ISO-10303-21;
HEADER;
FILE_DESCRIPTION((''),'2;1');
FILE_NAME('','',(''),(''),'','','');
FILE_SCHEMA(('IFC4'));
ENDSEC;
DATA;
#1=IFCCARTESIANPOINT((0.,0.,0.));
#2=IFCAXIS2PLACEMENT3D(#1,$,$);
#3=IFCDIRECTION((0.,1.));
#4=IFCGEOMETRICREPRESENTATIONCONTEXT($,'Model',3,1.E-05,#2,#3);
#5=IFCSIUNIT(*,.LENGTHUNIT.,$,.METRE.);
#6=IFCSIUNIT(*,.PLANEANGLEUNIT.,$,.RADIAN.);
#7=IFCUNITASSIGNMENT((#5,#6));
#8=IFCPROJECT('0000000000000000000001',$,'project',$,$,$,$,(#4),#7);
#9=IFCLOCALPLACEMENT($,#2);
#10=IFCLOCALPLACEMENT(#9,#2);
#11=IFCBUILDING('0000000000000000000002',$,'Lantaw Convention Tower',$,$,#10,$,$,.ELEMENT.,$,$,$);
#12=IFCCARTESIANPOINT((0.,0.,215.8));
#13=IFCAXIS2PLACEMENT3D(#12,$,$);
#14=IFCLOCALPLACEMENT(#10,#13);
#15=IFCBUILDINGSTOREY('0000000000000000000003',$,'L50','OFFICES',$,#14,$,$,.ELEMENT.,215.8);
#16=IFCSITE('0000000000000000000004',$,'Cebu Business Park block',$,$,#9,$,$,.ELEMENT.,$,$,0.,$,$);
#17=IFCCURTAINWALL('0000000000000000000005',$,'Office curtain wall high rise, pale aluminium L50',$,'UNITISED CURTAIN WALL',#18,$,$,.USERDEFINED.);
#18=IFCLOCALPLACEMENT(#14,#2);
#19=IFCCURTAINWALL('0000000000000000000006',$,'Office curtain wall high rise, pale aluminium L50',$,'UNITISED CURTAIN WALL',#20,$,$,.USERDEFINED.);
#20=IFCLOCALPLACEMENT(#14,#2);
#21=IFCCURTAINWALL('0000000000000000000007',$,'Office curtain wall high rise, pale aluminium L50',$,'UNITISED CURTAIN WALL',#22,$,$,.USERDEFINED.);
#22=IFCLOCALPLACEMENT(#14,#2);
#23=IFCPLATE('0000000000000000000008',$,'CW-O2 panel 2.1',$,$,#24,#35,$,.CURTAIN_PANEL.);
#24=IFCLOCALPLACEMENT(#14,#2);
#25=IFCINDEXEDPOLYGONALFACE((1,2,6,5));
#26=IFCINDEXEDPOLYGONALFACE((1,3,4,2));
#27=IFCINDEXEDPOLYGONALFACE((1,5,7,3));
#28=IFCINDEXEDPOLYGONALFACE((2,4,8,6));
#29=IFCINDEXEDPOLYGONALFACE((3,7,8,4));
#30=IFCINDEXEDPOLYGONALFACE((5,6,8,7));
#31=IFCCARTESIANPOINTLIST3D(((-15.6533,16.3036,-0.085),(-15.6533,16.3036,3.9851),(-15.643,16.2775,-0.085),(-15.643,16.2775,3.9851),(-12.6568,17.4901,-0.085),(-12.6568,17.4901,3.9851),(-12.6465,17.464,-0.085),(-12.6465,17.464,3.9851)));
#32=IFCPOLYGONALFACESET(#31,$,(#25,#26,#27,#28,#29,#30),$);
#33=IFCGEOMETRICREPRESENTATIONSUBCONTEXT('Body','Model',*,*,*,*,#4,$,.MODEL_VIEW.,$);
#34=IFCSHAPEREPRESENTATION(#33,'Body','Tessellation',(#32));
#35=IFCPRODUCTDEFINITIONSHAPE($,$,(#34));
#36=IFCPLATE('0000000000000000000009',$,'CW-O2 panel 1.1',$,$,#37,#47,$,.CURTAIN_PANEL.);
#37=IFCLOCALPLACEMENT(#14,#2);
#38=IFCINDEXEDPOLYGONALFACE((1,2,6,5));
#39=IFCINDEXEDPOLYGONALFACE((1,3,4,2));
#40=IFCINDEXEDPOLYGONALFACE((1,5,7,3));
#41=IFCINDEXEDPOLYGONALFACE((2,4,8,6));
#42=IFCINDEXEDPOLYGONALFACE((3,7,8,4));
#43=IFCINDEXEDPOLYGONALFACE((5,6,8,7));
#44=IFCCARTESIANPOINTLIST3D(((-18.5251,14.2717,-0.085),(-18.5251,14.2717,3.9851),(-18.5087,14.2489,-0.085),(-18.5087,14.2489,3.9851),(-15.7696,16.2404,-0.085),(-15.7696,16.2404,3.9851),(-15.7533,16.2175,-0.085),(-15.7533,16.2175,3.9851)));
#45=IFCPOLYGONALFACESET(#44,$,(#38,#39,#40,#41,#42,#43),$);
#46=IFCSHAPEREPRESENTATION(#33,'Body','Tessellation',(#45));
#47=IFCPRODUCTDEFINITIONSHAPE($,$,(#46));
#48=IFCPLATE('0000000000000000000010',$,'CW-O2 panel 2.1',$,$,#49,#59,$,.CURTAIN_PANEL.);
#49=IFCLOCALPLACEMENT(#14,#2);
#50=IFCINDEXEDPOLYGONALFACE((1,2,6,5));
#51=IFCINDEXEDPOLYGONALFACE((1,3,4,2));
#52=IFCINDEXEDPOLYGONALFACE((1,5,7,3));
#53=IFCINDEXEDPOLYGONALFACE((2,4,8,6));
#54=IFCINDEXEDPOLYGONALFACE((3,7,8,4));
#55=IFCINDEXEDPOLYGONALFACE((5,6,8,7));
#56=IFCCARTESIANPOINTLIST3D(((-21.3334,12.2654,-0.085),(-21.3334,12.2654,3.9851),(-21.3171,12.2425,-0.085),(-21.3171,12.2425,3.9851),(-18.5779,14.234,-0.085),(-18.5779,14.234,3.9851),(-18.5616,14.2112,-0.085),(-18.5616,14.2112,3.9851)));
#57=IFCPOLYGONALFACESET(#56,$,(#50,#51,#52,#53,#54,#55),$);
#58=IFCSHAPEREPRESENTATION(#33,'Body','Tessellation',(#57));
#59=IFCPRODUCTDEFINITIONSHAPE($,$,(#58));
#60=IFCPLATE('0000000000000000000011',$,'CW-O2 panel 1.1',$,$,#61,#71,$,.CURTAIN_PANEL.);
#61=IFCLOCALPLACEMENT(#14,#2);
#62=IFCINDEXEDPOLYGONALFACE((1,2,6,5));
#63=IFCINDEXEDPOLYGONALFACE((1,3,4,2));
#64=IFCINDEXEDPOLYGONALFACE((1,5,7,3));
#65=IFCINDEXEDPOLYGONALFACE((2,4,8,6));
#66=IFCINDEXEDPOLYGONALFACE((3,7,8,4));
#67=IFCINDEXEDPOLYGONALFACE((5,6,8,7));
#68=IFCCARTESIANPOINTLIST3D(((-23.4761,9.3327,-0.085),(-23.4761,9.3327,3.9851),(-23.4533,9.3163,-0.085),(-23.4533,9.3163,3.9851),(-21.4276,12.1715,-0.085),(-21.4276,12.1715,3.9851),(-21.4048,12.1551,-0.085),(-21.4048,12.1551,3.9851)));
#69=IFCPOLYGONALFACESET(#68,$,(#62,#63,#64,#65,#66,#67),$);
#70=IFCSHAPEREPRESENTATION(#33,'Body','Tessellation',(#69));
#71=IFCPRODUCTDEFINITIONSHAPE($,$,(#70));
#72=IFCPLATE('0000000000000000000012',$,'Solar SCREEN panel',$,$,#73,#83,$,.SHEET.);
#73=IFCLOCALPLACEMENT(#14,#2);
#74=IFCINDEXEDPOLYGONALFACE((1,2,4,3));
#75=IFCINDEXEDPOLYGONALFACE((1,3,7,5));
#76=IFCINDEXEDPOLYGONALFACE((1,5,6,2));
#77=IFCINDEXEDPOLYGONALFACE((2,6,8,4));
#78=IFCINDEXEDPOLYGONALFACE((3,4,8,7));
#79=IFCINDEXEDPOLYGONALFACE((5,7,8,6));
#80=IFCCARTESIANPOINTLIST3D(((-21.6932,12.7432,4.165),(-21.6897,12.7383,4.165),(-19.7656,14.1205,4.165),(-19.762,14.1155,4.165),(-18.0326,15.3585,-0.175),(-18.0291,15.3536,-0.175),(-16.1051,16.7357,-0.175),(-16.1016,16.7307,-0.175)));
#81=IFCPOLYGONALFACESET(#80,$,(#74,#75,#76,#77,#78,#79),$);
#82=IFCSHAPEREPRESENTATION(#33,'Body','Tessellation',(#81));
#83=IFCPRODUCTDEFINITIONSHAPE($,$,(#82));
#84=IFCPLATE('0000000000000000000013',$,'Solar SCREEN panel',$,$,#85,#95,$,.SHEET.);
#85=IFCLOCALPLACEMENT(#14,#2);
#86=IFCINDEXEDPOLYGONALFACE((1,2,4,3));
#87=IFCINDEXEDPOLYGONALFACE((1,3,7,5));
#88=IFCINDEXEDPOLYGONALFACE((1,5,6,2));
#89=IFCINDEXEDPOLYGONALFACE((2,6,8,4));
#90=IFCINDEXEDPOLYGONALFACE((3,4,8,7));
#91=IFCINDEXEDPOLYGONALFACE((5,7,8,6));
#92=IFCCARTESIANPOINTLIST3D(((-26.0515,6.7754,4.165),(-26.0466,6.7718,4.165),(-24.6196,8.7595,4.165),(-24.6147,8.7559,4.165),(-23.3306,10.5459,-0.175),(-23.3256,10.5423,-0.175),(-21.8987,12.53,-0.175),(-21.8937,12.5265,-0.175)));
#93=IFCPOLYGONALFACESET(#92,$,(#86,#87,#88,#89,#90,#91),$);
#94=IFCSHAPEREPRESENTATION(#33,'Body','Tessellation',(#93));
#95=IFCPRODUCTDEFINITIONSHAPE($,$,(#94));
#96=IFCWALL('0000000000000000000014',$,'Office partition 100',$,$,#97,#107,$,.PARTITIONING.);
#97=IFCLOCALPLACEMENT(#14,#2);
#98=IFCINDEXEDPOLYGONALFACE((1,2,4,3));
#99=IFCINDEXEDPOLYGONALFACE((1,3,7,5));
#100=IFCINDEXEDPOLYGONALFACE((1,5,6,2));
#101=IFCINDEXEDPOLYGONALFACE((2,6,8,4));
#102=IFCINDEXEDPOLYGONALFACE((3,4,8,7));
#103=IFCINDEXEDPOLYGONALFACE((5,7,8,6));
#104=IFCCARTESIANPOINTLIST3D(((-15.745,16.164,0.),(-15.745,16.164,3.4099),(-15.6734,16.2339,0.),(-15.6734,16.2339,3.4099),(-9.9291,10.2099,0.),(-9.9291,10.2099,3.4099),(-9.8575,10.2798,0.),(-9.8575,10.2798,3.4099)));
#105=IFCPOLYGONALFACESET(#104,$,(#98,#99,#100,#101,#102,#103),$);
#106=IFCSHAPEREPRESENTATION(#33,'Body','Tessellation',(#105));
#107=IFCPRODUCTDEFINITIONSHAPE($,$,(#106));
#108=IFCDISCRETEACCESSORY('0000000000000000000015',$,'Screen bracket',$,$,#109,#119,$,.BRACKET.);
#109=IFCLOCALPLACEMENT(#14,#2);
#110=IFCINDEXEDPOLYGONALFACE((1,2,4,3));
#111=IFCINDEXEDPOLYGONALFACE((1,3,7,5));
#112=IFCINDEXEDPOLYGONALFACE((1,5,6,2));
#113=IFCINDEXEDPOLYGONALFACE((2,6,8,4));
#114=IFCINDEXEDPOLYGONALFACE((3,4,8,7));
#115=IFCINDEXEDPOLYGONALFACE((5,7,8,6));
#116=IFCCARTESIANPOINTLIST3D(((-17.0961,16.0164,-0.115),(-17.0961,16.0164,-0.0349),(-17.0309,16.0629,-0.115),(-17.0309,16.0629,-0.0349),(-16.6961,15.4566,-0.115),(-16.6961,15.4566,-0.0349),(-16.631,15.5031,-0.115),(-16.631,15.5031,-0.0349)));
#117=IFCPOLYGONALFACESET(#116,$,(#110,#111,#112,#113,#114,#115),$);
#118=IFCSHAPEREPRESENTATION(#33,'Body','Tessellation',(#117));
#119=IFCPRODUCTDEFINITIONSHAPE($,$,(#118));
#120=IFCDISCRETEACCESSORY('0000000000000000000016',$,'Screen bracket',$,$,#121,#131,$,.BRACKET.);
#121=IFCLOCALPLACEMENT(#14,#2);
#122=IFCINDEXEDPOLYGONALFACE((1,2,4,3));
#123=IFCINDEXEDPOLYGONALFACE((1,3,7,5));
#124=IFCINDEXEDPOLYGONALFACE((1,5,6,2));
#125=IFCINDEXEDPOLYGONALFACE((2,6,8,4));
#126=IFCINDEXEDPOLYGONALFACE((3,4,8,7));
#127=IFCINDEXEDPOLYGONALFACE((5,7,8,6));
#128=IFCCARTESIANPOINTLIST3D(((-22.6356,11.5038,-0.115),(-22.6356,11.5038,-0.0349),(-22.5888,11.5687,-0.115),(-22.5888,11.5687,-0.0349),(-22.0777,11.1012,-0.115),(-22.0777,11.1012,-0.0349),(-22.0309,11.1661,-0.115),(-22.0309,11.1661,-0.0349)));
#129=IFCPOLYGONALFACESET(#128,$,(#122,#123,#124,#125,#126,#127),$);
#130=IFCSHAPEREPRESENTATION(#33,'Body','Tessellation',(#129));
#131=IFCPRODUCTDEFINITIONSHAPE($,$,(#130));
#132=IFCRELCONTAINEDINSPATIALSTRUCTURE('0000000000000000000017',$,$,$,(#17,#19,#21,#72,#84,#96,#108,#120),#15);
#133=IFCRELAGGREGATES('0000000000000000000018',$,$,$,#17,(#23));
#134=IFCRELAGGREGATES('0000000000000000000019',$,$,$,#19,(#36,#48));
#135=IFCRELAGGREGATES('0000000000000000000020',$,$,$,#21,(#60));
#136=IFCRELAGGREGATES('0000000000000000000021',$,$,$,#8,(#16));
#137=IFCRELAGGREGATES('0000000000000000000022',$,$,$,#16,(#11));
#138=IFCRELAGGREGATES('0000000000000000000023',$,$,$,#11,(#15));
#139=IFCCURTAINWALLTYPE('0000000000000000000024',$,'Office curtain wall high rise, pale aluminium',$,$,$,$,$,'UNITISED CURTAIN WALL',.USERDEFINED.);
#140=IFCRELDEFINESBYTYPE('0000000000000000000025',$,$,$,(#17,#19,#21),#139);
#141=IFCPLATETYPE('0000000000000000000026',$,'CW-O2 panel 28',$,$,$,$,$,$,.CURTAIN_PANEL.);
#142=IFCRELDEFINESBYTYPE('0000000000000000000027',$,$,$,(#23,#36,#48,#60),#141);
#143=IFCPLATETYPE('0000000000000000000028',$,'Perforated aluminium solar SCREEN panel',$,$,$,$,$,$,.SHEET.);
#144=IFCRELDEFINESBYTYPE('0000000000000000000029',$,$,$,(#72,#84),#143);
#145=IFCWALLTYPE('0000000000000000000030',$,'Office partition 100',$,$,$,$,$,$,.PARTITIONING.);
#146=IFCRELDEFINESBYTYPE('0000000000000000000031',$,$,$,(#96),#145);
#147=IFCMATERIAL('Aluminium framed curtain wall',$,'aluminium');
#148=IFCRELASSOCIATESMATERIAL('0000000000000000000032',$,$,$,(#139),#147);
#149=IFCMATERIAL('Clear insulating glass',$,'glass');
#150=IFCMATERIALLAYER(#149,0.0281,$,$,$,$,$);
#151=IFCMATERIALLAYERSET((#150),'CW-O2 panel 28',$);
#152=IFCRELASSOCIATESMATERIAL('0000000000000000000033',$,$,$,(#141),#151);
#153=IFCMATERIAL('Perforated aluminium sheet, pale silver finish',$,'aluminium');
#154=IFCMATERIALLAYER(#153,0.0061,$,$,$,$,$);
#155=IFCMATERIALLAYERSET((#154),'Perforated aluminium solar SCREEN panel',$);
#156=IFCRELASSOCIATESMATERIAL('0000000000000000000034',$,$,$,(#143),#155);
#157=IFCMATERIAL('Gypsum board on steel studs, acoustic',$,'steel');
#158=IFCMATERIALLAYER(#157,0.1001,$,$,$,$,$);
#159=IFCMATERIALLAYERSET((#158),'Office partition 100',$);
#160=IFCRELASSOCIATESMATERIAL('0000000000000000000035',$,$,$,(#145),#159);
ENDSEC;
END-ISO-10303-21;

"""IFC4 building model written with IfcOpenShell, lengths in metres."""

from ifc_helpers import new_model, si_unit, direction, frame, frame_2d, origin, origin_2d, place, context, subcontext, project, spatial, polyline, rectangle, outline, extrude, material, layer, layer_set, type_object, element, aggregate, save


model = new_model("IFC4")

# Units and contexts
model_context = context("Model", 3, precision=1e-05, world=origin(), true_north=direction((0.0, 1.0)))
body_context = subcontext(model_context, "Body", "Model", "MODEL_VIEW")
ifc_project = project(units=[si_unit("LENGTHUNIT", "METRE"), si_unit("PLANEANGLEUNIT", "RADIAN")], contexts=[model_context])

# Site, building, storey
site_placement = place(None, origin())
site = spatial("IfcSite", under=ifc_project, at=site_placement, Name="Cebu Business Park block", CompositionType="ELEMENT", RefElevation=0.0)
building_placement = place(site_placement, origin())
building = spatial("IfcBuilding", under=site, at=building_placement, Name="Lantaw Convention Tower", CompositionType="ELEMENT")
storey_placement = place(building_placement, frame((0.0, 0.0, 215.8)))
storey = spatial("IfcBuildingStorey", under=building, at=storey_placement, Name="L50", Description="OFFICES", CompositionType="ELEMENT", Elevation=215.8)

# Curtain walls
ifc_material_1 = material(Name="Aluminium framed curtain wall", Category="aluminium")
curtain_wall_type = type_object("IfcCurtainWallType", Name="Office curtain wall high rise, pale aluminium", ElementType="UNITISED CURTAIN WALL", PredefinedType="USERDEFINED", material=ifc_material_1)
curtain_wall_1_placement = place(storey_placement, origin())
curtain_wall_1 = element("IfcCurtainWall", 1, at=curtain_wall_1_placement, inside=storey, type_object=curtain_wall_type, Name="Office curtain wall high rise, pale aluminium L50", ObjectType="UNITISED CURTAIN WALL", PredefinedType="USERDEFINED")
curtain_wall_2_placement = place(storey_placement, origin())
curtain_wall_2 = element("IfcCurtainWall", 2, at=curtain_wall_2_placement, inside=storey, type_object=curtain_wall_type, Name="Office curtain wall high rise, pale aluminium L50", ObjectType="UNITISED CURTAIN WALL", PredefinedType="USERDEFINED")
curtain_wall_3_placement = place(storey_placement, origin())
curtain_wall_3 = element("IfcCurtainWall", 3, at=curtain_wall_3_placement, inside=storey, type_object=curtain_wall_type, Name="Office curtain wall high rise, pale aluminium L50", ObjectType="UNITISED CURTAIN WALL", PredefinedType="USERDEFINED")

# Plates
ifc_material_2 = material(Name="Clear insulating glass", Category="glass")
ifc_layer_1 = layer(ifc_material_2, 0.0281)
ifc_layer_set_1 = layer_set([ifc_layer_1], Name="CW-O2 panel 28")
plate_type_1 = type_object("IfcPlateType", Name="CW-O2 panel 28", PredefinedType="CURTAIN_PANEL", material=ifc_layer_set_1)
plate_1_placement = place(storey_placement, frame((-14.1499, 16.8838, -0.085), z_axis=(0.0, 0.0, 1.0), x_axis=(-0.929762, -0.368162, 0.0)))
plate_1 = element("IfcPlate", 4, at=plate_1_placement, type_object=plate_type_1, Name="CW-O2 panel 2.1", PredefinedType="CURTAIN_PANEL", context=body_context, shape_type="SweptSolid", body=[
    extrude(rectangle(XDim=3.2229, YDim=0.0281, at=origin_2d()), origin(), (0.0, 0.0, 1.0), 4.0701),
])
aggregate(curtain_wall_1, [plate_1])
plate_2_placement = place(storey_placement, frame((-17.1392, 15.2446, -0.085), z_axis=(0.0, 0.0, 1.0), x_axis=(-0.813673, -0.581323, 0.0)))
plate_2 = element("IfcPlate", 5, at=plate_2_placement, type_object=plate_type_1, Name="CW-O2 panel 1.1", PredefinedType="CURTAIN_PANEL", context=body_context, shape_type="SweptSolid", body=[
    extrude(rectangle(XDim=3.3865, YDim=0.0281, at=origin_2d()), origin(), (0.0, 0.0, 1.0), 4.0701),
])
plate_3_placement = place(storey_placement, frame((-19.9475, 13.2383, -0.085), z_axis=(0.0, 0.0, 1.0), x_axis=(-0.813673, -0.581323, 0.0)))
plate_3 = element("IfcPlate", 6, at=plate_3_placement, type_object=plate_type_1, Name="CW-O2 panel 2.1", PredefinedType="CURTAIN_PANEL", context=body_context, shape_type="SweptSolid", body=[
    extrude(rectangle(XDim=3.3865, YDim=0.0281, at=origin_2d()), origin(), (0.0, 0.0, 1.0), 4.0701),
])
aggregate(curtain_wall_2, [plate_2, plate_3])
plate_4_placement = place(storey_placement, frame((-22.4404, 10.7439, -0.085), z_axis=(0.0, 0.0, 1.0), x_axis=(-0.585158, -0.81092, 0.0)))
plate_4 = element("IfcPlate", 7, at=plate_4_placement, type_object=plate_type_1, Name="CW-O2 panel 1.1", PredefinedType="CURTAIN_PANEL", context=body_context, shape_type="SweptSolid", body=[
    extrude(rectangle(XDim=3.5007, YDim=0.0281, at=origin_2d()), origin(), (0.0, 0.0, 1.0), 4.0701),
])
aggregate(curtain_wall_3, [plate_4])

# Plates
ifc_material_3 = material(Name="Perforated aluminium sheet, pale silver finish", Category="aluminium")
ifc_layer_2 = layer(ifc_material_3, 0.0061)
ifc_layer_set_2 = layer_set([ifc_layer_2], Name="Perforated aluminium solar SCREEN panel")
plate_type_2 = type_object("IfcPlateType", Name="Perforated aluminium solar SCREEN panel", PredefinedType="SHEET", material=ifc_layer_set_2)
plate_5_placement = place(storey_placement, frame((-16.1016, 16.7307, -0.175), z_axis=(0.581331, -0.813667, 0.00001), x_axis=(-0.813667, -0.581331, 0.0)))
element("IfcPlate", 8, at=plate_5_placement, inside=storey, type_object=plate_type_2, Name="Solar SCREEN panel", PredefinedType="SHEET", context=body_context, shape_type="SweptSolid", body=[
    extrude(outline(polyline([(0.0, 0.0), (2.3689, 0.0), (6.8678, -4.3401), (4.4987, -4.3401), (0.0, 0.0)])), origin(), (0.0, 0.0, -1.0), 0.0061),
])
plate_6_placement = place(storey_placement, frame((-21.8987, 12.53, -0.175), z_axis=(-0.810892, 0.585195, 0.00002), x_axis=(-0.585195, -0.810892, 0.0)))
element("IfcPlate", 9, at=plate_6_placement, inside=storey, type_object=plate_type_2, Name="Solar SCREEN panel", PredefinedType="SHEET", context=body_context, shape_type="SweptSolid", body=[
    extrude(outline(polyline([(0.0, 0.0), (2.4468, 0.0), (7.0966, 4.3401), (4.6498, 4.3401), (0.0, 0.0)])), origin(), (0.0, 0.0, -1.0), 0.0061),
])

# Wall
ifc_material_4 = material(Name="Gypsum board on steel studs, acoustic", Category="steel")
ifc_layer_3 = layer(ifc_material_4, 0.1001)
ifc_layer_set_3 = layer_set([ifc_layer_3], Name="Office partition 100")
wall_type = type_object("IfcWallType", Name="Office partition 100", PredefinedType="PARTITIONING", material=ifc_layer_set_3)
wall_placement = place(storey_placement, frame((-15.7092, 16.199, 0.0), z_axis=(0.0, 0.0, 1.0), x_axis=(0.698757, -0.715359, 0.0)))
element("IfcWall", 10, at=wall_placement, inside=storey, type_object=wall_type, Name="Office partition 100", PredefinedType="PARTITIONING", context=body_context, shape_type="SweptSolid", body=[
    extrude(rectangle(XDim=8.3232, YDim=0.1001, at=frame_2d((4.1616, 0.0))), origin(), (0.0, 0.0, 1.0), 3.4099),
])

# Discrete accessories
for number, where, z_axis, x_axis, name in (
    (11, (-16.8635, 15.7598, -0.115), (0.0, 0.0, 1.0), (-0.813673, -0.581323, 0.0), "Screen bracket"),
    (12, (-22.3333, 11.335, -0.115), (0.0, 0.0, 1.0), (-0.585158, -0.81092, 0.0), "Screen bracket"),
):
    element("IfcDiscreteAccessory", number, at=place(storey_placement, frame(where, z_axis=z_axis, x_axis=x_axis)), inside=storey, Name=name, PredefinedType="BRACKET", context=body_context, shape_type="SweptSolid", body=[
        extrude(rectangle(XDim=0.0801, YDim=0.688, at=origin_2d()), origin(), (0.0, 0.0, 1.0), 0.0801),
    ])

save(model, "model.ifc")
